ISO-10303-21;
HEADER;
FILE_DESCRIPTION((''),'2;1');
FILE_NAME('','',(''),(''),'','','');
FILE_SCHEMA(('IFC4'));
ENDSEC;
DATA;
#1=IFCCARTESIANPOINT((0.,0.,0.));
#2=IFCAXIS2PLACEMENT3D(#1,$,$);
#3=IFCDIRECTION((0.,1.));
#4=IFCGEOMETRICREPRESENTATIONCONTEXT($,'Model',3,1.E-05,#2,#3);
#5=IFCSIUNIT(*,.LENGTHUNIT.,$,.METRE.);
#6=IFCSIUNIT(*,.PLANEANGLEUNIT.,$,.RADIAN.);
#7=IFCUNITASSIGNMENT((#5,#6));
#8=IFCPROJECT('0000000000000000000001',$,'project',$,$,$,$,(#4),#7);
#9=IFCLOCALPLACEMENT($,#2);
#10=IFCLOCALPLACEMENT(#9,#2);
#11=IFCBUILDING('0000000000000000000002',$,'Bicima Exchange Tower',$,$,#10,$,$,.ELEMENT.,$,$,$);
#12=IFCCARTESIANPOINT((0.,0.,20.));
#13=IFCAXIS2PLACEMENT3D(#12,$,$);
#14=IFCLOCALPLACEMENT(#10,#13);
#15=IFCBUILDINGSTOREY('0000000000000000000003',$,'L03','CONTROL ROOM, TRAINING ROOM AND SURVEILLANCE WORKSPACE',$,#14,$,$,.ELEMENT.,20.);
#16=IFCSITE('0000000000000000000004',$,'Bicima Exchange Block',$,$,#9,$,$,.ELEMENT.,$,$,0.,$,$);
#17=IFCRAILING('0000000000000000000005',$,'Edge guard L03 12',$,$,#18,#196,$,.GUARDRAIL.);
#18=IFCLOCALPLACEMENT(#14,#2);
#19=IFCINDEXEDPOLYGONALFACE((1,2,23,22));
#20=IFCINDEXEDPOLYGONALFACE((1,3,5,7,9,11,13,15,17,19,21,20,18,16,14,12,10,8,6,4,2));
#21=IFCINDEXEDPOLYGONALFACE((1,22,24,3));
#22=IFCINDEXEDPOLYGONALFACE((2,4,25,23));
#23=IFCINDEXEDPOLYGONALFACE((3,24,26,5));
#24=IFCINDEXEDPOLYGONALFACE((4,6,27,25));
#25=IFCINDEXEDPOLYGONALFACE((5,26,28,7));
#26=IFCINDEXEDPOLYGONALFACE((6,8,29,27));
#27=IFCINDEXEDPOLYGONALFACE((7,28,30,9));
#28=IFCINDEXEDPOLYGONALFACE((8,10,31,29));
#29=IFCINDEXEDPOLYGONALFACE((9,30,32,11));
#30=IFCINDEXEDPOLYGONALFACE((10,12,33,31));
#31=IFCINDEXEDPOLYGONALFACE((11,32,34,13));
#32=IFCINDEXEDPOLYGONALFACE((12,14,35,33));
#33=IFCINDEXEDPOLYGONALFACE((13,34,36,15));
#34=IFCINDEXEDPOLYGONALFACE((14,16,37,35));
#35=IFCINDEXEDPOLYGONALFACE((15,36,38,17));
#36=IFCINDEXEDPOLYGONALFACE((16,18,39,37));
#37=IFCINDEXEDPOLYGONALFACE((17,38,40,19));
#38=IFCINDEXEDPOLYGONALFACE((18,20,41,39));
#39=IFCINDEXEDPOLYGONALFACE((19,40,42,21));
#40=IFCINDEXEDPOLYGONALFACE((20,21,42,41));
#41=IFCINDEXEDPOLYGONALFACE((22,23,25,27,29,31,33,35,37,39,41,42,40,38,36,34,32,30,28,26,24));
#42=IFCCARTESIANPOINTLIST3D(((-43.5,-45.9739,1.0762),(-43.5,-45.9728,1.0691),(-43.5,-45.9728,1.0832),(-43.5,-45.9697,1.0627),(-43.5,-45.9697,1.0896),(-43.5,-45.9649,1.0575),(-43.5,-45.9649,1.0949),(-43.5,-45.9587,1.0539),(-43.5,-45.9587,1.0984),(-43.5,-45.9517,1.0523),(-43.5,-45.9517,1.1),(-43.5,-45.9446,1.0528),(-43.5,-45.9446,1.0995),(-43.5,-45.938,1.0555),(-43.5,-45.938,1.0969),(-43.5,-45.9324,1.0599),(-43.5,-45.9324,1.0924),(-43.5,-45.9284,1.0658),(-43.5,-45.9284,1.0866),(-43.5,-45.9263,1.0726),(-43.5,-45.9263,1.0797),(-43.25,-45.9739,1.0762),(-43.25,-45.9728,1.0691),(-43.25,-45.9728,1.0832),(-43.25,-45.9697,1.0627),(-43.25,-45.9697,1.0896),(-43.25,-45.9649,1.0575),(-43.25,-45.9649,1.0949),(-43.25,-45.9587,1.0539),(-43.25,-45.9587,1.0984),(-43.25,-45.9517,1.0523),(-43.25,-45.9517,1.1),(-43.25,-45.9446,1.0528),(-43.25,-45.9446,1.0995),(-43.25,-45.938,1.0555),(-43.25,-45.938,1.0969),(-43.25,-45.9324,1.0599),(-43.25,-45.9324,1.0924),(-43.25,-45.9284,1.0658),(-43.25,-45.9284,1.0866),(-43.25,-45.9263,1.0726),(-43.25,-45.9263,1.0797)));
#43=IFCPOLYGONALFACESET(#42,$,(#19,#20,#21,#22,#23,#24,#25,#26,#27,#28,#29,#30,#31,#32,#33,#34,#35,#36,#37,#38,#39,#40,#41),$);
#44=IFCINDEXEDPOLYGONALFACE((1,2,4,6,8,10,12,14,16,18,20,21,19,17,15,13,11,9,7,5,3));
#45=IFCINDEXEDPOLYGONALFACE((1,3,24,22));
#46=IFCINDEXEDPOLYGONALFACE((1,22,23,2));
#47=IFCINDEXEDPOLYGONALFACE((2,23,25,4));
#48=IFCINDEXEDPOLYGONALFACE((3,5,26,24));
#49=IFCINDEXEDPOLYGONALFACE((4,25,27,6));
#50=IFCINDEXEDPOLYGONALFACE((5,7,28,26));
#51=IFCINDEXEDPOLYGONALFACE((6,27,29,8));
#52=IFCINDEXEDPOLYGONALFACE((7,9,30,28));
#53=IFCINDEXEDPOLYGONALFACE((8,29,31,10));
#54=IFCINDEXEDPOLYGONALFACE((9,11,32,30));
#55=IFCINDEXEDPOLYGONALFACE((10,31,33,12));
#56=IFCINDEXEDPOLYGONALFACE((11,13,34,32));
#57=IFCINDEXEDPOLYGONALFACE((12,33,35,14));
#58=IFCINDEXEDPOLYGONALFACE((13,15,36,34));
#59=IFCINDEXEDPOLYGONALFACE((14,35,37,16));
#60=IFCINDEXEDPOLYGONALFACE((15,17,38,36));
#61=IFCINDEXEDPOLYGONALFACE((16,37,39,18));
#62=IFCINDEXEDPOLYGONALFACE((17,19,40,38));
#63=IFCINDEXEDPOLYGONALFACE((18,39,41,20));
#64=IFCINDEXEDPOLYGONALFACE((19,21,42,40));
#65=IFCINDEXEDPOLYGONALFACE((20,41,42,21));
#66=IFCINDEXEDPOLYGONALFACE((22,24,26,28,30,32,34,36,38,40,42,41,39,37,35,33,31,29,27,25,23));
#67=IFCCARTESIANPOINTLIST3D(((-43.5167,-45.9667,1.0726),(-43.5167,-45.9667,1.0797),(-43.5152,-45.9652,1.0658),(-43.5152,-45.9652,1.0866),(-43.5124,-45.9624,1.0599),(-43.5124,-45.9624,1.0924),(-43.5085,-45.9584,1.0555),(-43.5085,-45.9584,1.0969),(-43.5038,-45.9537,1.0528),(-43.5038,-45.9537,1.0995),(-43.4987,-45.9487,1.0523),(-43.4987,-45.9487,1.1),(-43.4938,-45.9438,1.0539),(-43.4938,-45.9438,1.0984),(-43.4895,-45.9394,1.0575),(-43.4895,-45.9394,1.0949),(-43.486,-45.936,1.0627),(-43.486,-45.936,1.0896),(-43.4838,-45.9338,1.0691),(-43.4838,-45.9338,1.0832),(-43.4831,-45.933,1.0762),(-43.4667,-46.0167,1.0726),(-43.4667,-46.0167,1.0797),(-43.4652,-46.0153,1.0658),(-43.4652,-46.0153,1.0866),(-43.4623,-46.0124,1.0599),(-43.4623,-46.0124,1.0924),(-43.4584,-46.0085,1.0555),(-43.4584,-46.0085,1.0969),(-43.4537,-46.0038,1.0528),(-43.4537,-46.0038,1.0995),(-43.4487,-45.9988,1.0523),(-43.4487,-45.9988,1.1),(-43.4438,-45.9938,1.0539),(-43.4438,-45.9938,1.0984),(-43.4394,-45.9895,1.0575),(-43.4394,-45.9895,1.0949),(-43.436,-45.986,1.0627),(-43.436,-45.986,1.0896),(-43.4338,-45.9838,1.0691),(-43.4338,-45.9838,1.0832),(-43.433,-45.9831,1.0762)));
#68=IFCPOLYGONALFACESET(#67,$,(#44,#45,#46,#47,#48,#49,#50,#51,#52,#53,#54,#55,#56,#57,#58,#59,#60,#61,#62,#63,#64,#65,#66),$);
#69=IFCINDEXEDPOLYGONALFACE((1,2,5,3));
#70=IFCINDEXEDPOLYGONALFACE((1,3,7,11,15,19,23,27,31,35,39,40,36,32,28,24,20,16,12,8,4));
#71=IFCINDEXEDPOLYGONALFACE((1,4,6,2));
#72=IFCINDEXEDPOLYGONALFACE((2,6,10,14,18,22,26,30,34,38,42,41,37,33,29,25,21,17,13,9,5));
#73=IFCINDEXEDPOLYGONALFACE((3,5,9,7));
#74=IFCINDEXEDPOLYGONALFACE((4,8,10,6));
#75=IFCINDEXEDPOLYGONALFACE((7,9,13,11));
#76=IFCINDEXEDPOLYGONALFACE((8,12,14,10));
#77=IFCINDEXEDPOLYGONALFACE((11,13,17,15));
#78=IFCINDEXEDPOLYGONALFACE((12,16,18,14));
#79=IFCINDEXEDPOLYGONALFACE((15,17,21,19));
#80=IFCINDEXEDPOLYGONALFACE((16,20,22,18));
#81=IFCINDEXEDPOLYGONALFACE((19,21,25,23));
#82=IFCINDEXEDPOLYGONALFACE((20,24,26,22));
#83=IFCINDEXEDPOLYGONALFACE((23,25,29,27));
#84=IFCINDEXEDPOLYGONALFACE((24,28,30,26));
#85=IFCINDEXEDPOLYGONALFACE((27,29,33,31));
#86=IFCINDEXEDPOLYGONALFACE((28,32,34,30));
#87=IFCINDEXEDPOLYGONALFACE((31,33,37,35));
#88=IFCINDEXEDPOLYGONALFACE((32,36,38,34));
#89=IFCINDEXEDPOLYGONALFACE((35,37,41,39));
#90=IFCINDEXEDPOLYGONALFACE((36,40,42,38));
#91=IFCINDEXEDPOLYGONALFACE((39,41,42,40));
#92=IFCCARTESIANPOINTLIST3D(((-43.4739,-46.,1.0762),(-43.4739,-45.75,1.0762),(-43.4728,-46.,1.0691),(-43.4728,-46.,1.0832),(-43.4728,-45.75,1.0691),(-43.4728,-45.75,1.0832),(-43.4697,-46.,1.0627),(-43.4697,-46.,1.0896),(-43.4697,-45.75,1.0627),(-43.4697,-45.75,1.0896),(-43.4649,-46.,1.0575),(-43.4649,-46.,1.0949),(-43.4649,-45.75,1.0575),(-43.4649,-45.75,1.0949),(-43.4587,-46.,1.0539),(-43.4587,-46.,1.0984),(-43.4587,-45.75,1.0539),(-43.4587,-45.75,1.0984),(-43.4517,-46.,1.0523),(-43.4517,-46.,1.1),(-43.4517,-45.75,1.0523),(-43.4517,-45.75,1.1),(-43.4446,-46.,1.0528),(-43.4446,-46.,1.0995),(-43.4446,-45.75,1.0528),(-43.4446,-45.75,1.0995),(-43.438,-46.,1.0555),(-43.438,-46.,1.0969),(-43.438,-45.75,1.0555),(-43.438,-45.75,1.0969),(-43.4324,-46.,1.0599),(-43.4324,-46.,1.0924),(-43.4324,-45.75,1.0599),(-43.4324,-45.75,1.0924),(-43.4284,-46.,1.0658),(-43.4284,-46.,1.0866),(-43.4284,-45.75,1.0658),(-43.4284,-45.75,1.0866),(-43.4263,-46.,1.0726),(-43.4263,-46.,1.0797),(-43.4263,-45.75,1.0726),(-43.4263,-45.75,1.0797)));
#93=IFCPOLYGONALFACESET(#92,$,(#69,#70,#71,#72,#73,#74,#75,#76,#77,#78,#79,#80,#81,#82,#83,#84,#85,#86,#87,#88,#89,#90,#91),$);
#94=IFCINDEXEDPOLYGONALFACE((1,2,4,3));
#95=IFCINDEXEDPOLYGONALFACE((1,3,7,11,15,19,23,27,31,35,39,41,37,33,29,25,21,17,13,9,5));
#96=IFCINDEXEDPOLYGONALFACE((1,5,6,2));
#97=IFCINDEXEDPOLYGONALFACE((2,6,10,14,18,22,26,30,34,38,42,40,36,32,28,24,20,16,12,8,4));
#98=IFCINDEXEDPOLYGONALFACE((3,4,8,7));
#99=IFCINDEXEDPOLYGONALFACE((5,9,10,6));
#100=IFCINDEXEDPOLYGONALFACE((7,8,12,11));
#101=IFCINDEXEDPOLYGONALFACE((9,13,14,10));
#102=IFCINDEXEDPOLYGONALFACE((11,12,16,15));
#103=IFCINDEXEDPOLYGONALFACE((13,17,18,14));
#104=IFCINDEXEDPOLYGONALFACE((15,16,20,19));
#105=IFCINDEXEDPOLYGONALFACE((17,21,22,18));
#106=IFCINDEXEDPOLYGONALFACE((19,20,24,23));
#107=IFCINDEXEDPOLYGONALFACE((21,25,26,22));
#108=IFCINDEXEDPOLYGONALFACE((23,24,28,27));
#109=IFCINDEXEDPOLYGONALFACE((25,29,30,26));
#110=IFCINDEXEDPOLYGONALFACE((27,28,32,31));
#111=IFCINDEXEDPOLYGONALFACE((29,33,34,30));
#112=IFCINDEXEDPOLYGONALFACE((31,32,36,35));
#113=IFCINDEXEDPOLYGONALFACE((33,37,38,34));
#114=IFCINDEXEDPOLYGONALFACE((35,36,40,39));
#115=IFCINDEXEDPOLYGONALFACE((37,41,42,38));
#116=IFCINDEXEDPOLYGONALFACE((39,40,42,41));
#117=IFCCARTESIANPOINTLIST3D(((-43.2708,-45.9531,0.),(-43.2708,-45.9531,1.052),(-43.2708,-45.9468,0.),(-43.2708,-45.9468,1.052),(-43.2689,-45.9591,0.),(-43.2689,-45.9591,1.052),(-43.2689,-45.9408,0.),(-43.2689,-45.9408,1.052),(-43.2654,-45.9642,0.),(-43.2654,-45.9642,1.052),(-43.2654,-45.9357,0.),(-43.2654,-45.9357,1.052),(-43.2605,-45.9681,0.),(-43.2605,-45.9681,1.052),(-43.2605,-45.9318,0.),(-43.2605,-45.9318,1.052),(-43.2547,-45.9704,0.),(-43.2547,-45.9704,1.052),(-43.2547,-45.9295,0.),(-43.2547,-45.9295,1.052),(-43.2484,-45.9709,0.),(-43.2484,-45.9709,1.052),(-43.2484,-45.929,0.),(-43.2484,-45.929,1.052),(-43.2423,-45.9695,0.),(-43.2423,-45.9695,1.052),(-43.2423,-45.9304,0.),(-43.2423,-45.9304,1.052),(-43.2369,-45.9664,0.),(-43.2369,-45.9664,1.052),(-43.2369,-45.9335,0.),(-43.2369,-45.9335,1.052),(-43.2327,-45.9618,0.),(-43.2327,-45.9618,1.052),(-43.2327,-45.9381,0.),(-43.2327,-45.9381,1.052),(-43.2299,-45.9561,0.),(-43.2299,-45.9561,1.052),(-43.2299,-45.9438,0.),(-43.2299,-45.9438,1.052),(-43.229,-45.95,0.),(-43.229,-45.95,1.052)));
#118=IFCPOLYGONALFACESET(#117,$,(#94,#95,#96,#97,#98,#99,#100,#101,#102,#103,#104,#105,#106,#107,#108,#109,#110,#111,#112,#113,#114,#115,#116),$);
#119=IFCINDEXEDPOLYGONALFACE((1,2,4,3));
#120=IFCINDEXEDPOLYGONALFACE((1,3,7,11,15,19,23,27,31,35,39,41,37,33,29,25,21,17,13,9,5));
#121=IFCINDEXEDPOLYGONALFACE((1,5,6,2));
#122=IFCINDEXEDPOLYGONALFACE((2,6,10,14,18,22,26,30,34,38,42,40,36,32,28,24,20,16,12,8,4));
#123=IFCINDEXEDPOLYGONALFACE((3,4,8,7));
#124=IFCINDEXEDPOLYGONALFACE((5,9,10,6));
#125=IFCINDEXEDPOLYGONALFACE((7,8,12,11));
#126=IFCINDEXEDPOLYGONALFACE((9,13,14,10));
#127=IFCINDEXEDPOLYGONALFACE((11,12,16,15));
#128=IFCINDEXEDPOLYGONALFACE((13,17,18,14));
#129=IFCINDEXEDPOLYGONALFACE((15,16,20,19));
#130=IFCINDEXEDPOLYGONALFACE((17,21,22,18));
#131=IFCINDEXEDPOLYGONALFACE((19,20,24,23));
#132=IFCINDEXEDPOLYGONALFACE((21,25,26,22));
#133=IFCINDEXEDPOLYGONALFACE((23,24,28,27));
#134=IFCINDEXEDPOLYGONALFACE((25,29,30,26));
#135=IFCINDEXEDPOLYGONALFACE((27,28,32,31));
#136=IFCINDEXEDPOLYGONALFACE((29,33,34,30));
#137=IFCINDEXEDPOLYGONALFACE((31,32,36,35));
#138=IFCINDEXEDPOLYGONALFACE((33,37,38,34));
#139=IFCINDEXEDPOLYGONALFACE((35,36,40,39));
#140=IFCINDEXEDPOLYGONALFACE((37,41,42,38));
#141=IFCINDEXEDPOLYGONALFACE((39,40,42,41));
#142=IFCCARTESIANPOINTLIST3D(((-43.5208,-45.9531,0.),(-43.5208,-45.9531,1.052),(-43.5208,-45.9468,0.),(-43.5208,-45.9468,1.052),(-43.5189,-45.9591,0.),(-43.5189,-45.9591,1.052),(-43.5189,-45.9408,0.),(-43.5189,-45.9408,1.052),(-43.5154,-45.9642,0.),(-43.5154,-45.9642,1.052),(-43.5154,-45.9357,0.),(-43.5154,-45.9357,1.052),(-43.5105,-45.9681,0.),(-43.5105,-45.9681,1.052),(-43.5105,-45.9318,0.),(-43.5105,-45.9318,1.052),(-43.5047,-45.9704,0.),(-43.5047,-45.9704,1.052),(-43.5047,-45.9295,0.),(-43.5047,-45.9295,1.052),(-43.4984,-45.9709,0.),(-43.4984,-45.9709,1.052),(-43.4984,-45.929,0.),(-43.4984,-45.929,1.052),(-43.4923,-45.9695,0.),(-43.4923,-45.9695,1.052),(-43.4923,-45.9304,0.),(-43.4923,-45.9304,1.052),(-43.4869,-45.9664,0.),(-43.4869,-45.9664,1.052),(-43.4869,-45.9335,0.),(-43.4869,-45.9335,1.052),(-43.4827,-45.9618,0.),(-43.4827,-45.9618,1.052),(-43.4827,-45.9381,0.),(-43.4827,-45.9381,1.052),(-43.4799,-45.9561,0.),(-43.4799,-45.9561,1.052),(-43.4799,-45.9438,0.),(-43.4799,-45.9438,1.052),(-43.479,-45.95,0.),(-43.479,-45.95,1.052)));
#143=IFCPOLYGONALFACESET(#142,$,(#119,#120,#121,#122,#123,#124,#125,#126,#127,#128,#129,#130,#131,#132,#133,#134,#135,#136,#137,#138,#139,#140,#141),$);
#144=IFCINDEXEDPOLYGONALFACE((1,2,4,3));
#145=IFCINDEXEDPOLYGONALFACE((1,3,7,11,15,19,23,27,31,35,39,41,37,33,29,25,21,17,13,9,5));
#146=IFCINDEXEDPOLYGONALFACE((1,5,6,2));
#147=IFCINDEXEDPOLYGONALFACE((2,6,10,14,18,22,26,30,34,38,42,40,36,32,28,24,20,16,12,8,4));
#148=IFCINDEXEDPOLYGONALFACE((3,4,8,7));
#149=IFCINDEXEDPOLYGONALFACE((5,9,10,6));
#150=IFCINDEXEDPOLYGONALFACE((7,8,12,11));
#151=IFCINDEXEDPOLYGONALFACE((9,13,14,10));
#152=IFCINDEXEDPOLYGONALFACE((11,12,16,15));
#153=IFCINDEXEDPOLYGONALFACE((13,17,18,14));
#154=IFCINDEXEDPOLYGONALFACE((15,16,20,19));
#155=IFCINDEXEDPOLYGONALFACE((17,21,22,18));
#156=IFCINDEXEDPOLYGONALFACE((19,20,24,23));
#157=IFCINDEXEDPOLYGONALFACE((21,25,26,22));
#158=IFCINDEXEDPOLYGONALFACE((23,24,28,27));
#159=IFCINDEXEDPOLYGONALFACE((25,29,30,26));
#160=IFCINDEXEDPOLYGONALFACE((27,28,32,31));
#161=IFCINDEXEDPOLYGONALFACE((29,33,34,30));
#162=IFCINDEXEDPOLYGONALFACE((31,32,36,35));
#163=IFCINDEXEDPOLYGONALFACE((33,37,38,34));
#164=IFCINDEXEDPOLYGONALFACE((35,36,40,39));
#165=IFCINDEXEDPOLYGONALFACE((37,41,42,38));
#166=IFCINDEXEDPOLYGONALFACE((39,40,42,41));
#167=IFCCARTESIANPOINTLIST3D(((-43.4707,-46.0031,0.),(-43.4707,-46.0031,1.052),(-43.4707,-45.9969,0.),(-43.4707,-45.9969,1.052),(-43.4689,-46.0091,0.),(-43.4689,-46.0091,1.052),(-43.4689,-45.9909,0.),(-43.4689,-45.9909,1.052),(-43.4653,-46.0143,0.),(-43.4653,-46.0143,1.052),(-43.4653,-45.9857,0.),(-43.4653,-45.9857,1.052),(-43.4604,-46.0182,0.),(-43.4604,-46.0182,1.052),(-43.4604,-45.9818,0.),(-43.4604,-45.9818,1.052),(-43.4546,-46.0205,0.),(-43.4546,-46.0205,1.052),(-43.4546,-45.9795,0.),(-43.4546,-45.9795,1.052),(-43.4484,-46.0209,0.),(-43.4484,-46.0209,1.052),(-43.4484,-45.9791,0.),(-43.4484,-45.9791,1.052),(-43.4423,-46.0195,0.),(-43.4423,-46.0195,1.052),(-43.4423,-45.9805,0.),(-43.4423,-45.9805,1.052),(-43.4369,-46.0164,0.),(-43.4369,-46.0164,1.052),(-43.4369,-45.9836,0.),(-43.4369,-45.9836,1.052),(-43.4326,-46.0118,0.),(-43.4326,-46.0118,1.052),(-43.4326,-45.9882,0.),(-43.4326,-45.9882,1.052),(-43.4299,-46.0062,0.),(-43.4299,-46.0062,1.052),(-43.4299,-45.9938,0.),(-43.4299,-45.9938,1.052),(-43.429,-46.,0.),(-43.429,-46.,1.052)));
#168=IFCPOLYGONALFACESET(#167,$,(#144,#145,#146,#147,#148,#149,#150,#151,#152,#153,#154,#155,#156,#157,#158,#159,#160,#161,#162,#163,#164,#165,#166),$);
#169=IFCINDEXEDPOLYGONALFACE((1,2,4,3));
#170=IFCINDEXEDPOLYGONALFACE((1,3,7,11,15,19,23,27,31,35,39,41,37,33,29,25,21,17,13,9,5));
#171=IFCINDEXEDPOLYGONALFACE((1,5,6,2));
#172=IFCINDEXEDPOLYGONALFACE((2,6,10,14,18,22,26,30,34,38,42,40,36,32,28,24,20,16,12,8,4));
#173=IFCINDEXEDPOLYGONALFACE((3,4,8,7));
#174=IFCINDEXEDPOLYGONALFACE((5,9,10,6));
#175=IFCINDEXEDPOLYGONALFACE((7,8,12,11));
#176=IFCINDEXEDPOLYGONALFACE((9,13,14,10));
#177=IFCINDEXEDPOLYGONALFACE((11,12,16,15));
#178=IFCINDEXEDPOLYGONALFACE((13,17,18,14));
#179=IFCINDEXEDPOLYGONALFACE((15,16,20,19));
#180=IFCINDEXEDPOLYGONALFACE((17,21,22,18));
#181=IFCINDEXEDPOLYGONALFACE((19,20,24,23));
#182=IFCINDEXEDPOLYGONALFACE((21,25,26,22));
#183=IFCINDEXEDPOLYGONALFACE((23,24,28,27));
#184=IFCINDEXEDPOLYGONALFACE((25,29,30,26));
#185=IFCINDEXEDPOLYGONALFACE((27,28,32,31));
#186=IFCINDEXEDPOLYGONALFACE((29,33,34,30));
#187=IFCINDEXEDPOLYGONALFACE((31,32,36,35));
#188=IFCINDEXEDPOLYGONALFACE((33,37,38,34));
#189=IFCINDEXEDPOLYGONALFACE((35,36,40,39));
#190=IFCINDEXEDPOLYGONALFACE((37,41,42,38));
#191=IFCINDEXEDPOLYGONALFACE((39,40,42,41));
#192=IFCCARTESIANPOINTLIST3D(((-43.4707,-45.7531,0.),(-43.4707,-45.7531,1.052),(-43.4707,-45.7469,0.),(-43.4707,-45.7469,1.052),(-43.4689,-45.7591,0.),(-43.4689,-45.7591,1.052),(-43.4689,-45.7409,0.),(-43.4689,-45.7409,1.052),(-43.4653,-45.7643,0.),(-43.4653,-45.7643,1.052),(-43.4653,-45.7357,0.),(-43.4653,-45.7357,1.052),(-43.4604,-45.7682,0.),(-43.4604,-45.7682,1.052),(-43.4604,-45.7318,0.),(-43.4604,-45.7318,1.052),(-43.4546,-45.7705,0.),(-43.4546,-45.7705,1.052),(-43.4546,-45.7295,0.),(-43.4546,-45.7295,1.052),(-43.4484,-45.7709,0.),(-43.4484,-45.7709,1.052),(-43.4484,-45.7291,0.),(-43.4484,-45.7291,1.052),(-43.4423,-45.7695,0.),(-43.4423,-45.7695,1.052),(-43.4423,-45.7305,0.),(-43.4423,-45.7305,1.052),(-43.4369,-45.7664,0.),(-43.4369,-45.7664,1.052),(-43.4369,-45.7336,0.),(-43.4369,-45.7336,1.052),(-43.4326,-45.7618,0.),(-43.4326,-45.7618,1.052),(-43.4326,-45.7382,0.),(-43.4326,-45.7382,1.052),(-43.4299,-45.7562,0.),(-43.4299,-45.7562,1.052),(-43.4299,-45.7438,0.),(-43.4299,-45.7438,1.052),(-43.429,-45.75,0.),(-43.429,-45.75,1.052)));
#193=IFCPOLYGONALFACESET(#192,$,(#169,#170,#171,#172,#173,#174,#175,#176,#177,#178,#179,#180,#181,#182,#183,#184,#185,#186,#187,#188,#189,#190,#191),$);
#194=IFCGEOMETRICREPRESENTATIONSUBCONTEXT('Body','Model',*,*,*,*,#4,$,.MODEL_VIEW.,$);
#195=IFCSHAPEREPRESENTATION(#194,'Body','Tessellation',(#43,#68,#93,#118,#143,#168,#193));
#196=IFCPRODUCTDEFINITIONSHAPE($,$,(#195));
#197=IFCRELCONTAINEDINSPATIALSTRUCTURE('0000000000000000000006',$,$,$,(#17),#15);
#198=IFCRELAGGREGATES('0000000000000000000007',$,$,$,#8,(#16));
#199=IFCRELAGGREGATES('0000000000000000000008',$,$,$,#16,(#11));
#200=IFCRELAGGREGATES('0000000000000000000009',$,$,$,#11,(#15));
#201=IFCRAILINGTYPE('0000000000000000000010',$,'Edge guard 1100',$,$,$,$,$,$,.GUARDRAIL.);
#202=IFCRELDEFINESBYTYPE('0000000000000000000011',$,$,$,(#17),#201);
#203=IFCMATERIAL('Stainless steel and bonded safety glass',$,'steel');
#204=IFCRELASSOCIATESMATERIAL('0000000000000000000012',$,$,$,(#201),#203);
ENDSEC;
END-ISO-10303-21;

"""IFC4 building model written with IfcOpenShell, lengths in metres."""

from ifc_helpers import new_model, si_unit, direction, frame, origin, origin_2d, place, context, subcontext, project, spatial, circle, extrude, material, type_object, element, save


model = new_model("IFC4")

# Units and contexts
model_context = context("Model", 3, precision=1e-05, world=origin(), true_north=direction((0.0, 1.0)))
body_context = subcontext(model_context, "Body", "Model", "MODEL_VIEW")
ifc_project = project(units=[si_unit("LENGTHUNIT", "METRE"), si_unit("PLANEANGLEUNIT", "RADIAN")], contexts=[model_context])

# Site, building, storey
site_placement = place(None, origin())
site = spatial("IfcSite", under=ifc_project, at=site_placement, Name="Bicima Exchange Block", CompositionType="ELEMENT", RefElevation=0.0)
building_placement = place(site_placement, origin())
building = spatial("IfcBuilding", under=site, at=building_placement, Name="Bicima Exchange Tower", CompositionType="ELEMENT")
storey_placement = place(building_placement, frame((0.0, 0.0, 20.0)))
storey = spatial("IfcBuildingStorey", under=building, at=storey_placement, Name="L03", Description="CONTROL ROOM, TRAINING ROOM AND SURVEILLANCE WORKSPACE", CompositionType="ELEMENT", Elevation=20.0)

# Railing
ifc_material_1 = material(Name="Stainless steel and bonded safety glass", Category="steel")
railing_type = type_object("IfcRailingType", Name="Edge guard 1100", PredefinedType="GUARDRAIL", material=ifc_material_1)
railing_placement = place(storey_placement, frame((-43.25, -45.95, 0.0)))
element("IfcRailing", 1, at=railing_placement, inside=storey, type_object=railing_type, Name="Edge guard L03 12", PredefinedType="GUARDRAIL", context=body_context, shape_type="SweptSolid", body=[
    extrude(circle(Radius=0.0239, at=origin_2d()), frame((0.0, 0.0, 1.0762), z_axis=(-1.0, 0.0, 0.0), x_axis=(0.0, -1.0, 0.0)), (0.0, 0.0, 1.0), 0.25),
    extrude(circle(Radius=0.0239, at=origin_2d()), frame((-0.25, 0.0, 1.0762), z_axis=(0.707107, -0.707107, 0.0), x_axis=(0.707107, 0.707107, 0.0)), (0.0, 0.0, 1.0), 0.0708),
    extrude(circle(Radius=0.0239, at=origin_2d()), frame((-0.2, -0.05, 1.0762), z_axis=(0.0, 1.0, 0.0), x_axis=(-1.0, 0.0, 0.0)), (0.0, 0.0, 1.0), 0.25),
    extrude(circle(Radius=0.021, at=origin_2d()), origin(), (0.0, 0.0, 1.0), 1.052),
    extrude(circle(Radius=0.021, at=origin_2d()), frame((-0.25, 0.0, 0.0)), (0.0, 0.0, 1.0), 1.052),
    extrude(circle(Radius=0.021, at=origin_2d()), frame((-0.2, -0.05, 0.0)), (0.0, 0.0, 1.0), 1.052),
    extrude(circle(Radius=0.021, at=origin_2d()), frame((-0.2, 0.2, 0.0)), (0.0, 0.0, 1.0), 1.052),
])

save(model, "model.ifc")
